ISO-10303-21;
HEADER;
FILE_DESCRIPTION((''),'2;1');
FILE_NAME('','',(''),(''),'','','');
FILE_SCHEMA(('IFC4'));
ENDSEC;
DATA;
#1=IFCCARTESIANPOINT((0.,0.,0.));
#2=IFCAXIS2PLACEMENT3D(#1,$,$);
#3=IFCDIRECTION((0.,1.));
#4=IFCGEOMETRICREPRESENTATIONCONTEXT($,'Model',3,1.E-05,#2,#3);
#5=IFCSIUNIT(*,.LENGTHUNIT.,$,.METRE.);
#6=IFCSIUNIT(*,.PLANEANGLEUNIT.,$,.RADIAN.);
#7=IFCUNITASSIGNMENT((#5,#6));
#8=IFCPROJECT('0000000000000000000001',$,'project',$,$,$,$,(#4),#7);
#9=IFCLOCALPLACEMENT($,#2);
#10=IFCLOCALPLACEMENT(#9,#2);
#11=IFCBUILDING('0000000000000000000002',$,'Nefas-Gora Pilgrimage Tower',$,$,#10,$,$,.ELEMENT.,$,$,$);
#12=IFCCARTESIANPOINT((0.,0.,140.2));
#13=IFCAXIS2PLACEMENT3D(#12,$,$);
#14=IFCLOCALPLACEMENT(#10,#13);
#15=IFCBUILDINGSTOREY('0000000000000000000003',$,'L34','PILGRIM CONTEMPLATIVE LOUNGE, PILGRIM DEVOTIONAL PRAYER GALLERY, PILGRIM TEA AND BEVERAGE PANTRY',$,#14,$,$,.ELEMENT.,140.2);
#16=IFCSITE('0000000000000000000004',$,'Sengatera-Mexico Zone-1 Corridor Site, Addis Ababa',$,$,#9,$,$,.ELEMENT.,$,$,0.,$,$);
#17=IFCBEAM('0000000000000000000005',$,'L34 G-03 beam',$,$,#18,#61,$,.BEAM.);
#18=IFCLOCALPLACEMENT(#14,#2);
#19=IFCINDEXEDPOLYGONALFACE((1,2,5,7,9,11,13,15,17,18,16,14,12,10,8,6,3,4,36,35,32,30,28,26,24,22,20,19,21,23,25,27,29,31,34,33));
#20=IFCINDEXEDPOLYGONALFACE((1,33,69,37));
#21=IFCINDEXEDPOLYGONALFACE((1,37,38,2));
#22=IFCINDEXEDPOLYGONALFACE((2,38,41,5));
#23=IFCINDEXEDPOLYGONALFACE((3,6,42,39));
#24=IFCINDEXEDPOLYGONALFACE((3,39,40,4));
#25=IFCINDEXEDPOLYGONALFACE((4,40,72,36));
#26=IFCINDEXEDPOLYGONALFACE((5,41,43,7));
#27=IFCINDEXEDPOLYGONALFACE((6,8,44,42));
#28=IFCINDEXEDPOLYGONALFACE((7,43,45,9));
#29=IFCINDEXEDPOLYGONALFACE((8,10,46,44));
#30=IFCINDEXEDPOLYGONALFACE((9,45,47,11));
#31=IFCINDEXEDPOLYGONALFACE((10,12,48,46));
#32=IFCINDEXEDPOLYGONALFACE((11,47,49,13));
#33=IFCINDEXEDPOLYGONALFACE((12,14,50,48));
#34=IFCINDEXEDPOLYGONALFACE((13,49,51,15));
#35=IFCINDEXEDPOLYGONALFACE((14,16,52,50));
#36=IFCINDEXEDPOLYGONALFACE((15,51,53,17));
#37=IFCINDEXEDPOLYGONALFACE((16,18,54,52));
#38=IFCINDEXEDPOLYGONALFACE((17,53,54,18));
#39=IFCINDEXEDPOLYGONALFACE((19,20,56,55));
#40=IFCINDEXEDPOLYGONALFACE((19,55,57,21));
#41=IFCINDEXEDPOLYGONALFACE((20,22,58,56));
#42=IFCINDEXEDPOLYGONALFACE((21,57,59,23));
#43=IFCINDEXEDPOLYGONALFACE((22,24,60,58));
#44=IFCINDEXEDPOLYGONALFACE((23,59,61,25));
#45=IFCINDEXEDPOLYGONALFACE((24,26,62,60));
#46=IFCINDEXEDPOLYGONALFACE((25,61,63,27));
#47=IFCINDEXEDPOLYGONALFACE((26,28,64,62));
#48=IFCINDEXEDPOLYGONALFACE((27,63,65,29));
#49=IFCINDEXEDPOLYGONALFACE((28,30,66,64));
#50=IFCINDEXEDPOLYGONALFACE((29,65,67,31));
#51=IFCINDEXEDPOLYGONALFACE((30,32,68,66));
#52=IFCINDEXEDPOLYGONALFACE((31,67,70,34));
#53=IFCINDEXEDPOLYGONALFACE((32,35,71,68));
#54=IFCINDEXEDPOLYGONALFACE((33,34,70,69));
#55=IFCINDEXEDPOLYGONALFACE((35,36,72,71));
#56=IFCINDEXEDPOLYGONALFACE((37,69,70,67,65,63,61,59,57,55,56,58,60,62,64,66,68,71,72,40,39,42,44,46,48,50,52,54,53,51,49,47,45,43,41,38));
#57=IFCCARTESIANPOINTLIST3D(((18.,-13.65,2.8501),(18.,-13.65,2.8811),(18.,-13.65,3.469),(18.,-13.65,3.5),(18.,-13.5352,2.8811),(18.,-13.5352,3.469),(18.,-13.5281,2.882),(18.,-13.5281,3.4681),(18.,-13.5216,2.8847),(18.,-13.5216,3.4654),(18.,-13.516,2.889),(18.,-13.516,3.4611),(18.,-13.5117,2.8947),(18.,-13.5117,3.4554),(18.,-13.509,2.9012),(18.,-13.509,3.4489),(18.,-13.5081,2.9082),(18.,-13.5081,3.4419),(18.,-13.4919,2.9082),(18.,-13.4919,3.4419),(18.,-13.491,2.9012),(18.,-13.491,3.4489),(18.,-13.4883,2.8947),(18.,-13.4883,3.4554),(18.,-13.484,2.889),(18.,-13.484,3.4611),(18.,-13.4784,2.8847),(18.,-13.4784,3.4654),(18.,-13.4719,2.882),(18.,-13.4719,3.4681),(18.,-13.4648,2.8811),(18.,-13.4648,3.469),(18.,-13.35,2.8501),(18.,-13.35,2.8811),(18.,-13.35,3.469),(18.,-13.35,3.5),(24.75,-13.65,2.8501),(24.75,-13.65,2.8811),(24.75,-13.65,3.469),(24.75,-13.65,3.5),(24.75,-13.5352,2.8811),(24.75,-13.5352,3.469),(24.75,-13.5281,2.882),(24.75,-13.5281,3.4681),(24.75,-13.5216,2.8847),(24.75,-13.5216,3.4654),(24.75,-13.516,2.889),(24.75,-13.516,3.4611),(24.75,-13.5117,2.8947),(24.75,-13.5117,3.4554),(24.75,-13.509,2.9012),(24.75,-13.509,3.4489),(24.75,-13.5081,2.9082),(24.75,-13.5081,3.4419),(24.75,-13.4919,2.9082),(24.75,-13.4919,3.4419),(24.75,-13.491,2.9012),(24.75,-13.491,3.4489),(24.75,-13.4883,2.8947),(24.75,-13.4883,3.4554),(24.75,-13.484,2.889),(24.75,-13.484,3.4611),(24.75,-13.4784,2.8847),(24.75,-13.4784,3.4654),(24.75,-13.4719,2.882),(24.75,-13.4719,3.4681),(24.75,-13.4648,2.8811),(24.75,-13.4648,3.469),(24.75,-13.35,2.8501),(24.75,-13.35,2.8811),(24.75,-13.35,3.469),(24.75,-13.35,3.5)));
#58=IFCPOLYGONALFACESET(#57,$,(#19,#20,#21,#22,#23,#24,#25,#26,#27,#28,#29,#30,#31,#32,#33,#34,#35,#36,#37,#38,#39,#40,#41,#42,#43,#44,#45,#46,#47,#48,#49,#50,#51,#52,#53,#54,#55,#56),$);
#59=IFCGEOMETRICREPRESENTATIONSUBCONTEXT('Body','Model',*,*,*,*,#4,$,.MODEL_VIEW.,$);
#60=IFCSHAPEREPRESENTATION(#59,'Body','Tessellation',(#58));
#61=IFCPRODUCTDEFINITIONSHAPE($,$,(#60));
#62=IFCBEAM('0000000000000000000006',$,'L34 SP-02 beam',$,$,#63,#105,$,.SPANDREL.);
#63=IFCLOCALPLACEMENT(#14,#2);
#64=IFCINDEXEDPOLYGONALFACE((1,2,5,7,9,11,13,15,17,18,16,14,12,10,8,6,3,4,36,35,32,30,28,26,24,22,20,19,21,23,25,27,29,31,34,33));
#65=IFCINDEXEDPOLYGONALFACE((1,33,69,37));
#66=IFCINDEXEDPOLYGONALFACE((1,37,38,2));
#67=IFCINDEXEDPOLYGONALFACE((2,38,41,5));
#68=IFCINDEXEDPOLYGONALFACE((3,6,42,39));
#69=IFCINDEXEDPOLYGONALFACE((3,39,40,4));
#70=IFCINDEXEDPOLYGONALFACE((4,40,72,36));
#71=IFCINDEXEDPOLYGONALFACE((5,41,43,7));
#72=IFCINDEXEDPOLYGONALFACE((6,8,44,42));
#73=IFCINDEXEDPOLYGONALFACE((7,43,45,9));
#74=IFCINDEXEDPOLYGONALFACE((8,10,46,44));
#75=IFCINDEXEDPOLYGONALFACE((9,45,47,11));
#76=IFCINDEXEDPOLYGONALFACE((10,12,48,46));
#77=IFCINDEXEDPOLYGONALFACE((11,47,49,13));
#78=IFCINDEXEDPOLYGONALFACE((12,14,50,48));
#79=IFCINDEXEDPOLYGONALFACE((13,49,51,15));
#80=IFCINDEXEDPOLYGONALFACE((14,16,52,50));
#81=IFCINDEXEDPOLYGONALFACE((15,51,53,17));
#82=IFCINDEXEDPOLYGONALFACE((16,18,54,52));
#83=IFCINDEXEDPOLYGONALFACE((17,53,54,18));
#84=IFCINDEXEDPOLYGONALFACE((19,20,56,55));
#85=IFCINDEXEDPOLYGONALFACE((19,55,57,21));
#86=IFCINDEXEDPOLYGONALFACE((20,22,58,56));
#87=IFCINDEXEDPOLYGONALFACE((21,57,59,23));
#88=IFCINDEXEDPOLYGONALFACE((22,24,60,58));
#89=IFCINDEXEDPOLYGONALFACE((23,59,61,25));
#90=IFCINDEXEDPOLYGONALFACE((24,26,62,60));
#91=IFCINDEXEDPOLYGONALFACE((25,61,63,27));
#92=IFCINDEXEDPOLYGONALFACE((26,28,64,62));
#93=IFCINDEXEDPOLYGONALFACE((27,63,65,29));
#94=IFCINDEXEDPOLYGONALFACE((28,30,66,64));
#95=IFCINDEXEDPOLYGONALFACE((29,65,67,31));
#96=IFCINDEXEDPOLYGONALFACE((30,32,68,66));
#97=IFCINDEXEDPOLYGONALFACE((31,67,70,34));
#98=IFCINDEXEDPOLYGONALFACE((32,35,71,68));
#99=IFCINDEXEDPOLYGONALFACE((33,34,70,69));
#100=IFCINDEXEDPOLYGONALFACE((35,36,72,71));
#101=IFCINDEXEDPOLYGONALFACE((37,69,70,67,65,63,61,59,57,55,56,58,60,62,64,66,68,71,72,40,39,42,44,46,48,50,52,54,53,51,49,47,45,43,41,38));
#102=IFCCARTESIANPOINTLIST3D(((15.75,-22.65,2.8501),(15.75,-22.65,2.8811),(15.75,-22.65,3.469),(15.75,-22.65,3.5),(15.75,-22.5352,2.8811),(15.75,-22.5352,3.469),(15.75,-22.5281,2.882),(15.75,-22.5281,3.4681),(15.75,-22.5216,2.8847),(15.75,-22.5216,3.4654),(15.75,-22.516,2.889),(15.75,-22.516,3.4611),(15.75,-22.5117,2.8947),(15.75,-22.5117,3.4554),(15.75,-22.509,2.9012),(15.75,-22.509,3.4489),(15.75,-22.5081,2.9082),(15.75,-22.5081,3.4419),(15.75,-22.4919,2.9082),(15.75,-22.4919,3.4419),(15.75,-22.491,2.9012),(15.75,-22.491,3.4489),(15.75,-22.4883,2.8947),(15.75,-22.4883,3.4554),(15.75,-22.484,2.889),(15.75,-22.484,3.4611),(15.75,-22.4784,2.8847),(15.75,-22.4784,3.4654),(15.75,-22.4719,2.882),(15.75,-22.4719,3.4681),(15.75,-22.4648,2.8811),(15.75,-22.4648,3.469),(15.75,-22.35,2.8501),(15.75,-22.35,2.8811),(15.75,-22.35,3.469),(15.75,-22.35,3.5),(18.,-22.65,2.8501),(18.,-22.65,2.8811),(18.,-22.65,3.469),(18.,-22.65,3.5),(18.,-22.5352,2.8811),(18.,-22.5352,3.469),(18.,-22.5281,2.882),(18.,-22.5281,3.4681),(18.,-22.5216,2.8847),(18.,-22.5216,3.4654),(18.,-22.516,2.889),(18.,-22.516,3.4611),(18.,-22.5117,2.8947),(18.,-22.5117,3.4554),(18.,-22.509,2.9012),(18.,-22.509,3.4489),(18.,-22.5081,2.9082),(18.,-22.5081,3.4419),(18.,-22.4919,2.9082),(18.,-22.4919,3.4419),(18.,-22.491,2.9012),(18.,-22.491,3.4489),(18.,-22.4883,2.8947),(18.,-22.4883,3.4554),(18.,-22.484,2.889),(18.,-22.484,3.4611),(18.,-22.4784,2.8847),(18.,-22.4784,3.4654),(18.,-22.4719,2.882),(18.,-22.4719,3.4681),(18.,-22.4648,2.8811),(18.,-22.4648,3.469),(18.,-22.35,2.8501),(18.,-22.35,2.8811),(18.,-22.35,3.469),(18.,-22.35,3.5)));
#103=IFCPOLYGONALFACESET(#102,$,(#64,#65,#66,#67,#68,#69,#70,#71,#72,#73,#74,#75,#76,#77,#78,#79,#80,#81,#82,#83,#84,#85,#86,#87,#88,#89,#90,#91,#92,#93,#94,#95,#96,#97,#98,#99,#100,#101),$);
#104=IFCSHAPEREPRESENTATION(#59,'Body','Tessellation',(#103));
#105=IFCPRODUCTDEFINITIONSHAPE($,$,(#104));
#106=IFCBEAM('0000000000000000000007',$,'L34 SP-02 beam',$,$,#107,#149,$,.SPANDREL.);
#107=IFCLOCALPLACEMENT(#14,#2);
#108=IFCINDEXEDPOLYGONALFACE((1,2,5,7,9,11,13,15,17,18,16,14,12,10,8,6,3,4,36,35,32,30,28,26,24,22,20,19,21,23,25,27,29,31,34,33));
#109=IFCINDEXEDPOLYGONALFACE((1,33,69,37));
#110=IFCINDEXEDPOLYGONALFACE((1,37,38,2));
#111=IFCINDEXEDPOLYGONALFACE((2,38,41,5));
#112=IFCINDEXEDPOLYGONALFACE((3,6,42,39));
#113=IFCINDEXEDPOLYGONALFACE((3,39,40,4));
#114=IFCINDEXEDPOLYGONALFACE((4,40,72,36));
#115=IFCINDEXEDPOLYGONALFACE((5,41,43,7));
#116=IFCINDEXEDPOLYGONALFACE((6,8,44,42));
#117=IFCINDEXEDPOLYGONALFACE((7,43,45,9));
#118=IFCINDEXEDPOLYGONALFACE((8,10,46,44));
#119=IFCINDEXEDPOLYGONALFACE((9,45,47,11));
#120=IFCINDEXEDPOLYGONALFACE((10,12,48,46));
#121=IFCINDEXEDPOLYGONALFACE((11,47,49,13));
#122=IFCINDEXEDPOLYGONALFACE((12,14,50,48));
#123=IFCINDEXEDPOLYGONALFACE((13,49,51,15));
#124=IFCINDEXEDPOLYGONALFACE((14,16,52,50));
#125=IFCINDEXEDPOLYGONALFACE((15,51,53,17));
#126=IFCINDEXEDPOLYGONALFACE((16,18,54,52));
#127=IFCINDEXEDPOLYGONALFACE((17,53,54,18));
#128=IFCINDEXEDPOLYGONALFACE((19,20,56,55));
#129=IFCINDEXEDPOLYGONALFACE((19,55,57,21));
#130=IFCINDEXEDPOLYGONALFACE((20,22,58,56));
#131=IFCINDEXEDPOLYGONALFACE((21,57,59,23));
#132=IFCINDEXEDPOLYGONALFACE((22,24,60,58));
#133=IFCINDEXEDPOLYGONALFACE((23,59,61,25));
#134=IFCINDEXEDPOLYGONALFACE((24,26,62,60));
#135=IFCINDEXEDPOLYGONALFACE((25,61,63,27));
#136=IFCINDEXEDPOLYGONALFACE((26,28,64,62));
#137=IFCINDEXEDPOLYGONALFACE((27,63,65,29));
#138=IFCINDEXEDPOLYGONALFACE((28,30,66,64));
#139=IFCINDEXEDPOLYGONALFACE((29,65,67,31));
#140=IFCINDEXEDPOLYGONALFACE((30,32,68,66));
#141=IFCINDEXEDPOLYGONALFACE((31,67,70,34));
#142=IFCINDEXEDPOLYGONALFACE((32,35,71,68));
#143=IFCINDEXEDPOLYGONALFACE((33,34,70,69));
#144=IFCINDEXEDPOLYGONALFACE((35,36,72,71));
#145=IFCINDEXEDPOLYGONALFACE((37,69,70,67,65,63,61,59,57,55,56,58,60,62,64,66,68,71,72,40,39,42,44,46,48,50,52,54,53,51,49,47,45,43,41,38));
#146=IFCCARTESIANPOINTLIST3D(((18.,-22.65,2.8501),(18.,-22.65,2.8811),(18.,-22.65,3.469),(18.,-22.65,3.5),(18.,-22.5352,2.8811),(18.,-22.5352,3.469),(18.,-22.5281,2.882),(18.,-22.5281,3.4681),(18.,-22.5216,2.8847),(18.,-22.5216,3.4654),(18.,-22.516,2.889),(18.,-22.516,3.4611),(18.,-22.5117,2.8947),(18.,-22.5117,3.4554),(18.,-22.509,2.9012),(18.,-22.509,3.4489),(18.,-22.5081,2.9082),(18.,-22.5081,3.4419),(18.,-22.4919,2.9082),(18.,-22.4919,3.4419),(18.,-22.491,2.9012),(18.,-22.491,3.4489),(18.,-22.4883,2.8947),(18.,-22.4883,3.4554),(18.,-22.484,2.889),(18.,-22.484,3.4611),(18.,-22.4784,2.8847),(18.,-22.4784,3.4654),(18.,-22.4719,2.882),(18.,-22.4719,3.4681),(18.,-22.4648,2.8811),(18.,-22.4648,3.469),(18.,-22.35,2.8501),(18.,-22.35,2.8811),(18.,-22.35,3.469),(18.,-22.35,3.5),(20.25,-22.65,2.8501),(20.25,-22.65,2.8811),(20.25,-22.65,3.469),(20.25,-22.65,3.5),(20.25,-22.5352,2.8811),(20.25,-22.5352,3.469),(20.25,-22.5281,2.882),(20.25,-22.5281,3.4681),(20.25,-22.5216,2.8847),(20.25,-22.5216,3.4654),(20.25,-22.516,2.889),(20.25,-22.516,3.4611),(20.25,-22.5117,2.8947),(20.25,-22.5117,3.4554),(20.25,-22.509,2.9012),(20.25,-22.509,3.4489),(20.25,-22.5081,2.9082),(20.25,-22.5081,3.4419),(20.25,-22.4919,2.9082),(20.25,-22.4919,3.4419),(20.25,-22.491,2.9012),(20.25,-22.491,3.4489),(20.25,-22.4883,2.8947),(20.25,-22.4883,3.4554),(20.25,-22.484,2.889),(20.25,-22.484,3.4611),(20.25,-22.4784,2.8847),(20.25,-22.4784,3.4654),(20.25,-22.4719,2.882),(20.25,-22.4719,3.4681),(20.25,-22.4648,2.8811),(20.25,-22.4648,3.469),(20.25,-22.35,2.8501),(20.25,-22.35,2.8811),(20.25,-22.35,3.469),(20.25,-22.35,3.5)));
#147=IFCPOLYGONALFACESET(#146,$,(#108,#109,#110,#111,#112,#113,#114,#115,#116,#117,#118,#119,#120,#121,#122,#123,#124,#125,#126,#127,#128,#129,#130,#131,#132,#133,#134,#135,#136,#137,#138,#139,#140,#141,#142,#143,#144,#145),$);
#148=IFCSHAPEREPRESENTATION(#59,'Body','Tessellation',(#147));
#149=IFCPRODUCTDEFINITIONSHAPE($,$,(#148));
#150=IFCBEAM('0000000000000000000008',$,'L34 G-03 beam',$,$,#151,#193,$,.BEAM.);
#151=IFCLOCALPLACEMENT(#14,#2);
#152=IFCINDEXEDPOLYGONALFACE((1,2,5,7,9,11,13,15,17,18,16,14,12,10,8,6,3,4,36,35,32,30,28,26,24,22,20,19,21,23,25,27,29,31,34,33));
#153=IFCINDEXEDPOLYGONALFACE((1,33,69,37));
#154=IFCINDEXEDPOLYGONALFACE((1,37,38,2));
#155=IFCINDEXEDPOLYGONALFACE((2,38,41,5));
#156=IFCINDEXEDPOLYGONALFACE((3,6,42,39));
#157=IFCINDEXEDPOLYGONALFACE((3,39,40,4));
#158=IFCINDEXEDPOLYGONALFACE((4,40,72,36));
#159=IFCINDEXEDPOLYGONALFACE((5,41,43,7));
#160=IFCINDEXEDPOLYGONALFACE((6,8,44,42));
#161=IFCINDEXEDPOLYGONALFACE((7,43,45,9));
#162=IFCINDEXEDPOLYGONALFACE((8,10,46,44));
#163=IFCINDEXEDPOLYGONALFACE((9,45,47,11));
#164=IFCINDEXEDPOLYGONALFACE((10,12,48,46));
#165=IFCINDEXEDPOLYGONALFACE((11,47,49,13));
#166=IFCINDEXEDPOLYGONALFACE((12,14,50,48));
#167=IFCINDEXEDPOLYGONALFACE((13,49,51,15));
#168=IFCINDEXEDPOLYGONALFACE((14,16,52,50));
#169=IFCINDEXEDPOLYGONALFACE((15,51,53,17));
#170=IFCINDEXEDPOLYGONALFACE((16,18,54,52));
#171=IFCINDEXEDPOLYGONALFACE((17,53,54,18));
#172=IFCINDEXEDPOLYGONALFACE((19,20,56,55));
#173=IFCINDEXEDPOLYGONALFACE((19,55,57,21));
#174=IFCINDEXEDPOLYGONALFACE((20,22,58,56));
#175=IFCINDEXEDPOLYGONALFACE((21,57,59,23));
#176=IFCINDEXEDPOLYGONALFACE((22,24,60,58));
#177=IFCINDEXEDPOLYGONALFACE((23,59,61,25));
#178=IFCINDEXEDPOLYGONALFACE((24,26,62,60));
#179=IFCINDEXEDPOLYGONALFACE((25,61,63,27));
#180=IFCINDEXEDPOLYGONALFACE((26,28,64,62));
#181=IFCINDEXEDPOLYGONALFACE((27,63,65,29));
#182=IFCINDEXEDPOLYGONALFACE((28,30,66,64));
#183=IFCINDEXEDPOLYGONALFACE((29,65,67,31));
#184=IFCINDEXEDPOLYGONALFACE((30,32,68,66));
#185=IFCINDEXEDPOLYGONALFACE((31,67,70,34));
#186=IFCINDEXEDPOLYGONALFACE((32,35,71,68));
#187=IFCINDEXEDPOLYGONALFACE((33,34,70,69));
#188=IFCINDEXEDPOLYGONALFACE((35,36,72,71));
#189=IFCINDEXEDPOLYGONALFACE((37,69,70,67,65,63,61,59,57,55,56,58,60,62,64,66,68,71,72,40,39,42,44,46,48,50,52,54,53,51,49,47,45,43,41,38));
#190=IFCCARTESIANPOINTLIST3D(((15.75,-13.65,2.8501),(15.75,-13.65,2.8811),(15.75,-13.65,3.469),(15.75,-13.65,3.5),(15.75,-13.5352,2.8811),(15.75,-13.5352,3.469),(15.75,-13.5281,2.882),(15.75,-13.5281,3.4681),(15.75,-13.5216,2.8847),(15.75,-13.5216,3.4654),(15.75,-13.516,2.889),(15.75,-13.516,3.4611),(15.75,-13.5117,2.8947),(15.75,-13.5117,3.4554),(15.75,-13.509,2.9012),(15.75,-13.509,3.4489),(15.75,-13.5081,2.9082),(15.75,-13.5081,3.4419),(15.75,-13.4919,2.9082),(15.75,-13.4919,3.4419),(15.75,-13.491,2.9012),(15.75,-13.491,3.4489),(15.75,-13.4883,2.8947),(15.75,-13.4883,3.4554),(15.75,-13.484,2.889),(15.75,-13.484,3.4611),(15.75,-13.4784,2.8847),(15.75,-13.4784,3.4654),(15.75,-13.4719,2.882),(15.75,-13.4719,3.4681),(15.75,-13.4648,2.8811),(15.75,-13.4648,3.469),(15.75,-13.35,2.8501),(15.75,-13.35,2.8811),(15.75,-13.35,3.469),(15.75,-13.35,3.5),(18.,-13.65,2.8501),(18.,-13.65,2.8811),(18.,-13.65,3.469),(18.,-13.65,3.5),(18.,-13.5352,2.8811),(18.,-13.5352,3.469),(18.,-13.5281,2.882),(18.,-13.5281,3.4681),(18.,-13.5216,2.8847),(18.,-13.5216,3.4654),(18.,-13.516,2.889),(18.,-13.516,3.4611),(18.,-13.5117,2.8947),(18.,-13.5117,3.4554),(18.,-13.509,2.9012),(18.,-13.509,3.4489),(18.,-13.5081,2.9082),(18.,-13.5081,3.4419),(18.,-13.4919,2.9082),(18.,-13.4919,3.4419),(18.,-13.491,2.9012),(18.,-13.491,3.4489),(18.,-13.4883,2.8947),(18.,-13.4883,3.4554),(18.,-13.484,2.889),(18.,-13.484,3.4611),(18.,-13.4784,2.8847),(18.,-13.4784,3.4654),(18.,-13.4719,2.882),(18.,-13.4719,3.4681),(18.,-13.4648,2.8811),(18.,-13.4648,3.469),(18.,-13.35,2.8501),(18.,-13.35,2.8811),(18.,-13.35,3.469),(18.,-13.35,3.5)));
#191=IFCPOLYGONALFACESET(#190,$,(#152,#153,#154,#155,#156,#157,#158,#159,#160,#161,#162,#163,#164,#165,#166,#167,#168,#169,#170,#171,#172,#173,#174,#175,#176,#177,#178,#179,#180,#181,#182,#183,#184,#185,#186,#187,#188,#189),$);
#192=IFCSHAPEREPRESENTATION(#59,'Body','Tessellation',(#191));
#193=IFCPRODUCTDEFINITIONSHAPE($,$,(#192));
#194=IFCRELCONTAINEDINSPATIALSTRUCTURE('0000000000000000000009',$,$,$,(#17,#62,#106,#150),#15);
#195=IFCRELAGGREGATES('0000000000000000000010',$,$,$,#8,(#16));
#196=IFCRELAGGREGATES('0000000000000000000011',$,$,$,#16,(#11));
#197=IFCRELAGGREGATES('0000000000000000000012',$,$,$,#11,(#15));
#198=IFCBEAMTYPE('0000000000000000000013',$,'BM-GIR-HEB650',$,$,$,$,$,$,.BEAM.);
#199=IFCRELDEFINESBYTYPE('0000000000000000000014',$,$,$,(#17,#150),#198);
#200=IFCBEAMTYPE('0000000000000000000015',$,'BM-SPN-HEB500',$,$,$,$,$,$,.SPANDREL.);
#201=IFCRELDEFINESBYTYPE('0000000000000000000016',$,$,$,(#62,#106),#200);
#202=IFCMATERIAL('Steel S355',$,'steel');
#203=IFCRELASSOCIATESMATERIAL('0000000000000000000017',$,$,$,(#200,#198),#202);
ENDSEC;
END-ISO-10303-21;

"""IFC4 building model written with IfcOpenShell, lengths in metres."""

from ifc_helpers import new_model, si_unit, direction, frame, origin, origin_2d, place, context, subcontext, project, spatial, i_section, extrude, source, transform, mapped, material, material_profile, profile_set, type_object, element, save


model = new_model("IFC4")

# Units and contexts
model_context = context("Model", 3, precision=1e-05, world=origin(), true_north=direction((0.0, 1.0)))
body_context = subcontext(model_context, "Body", "Model", "MODEL_VIEW")
ifc_project = project(units=[si_unit("LENGTHUNIT", "METRE"), si_unit("PLANEANGLEUNIT", "RADIAN")], contexts=[model_context])

# Site, building, storey
site_placement = place(None, origin())
site = spatial("IfcSite", under=ifc_project, at=site_placement, Name="Sengatera-Mexico Zone-1 Corridor Site, Addis Ababa", CompositionType="ELEMENT", RefElevation=0.0)
building_placement = place(site_placement, origin())
building = spatial("IfcBuilding", under=site, at=building_placement, Name="Nefas-Gora Pilgrimage Tower", CompositionType="ELEMENT")
storey_placement = place(building_placement, frame((0.0, 0.0, 140.2)))
storey = spatial("IfcBuildingStorey", under=building, at=storey_placement, Name="L34", Description="PILGRIM CONTEMPLATIVE LOUNGE, PILGRIM DEVOTIONAL PRAYER GALLERY, PILGRIM TEA AND BEVERAGE PANTRY", CompositionType="ELEMENT", Elevation=140.2)

# Beams
ifc_material_1 = material(Name="Steel S355", Category="steel")
ifc_material_profile_1 = material_profile(ifc_material_1, i_section(OverallWidth=0.3, OverallDepth=0.6499, WebThickness=0.0161, FlangeThickness=0.031, FilletRadius=0.0271, at=origin_2d()), Name="HEB 650")
ifc_profile_set_1 = profile_set([ifc_material_profile_1], Name="Steel S355")
beam_type_1 = type_object("IfcBeamType", Name="BM-SPN-HEB500", PredefinedType="SPANDREL", material=ifc_profile_set_1)
ifc_material_profile_2 = material_profile(ifc_material_1, i_section(OverallWidth=0.3, OverallDepth=0.6499, WebThickness=0.0161, FlangeThickness=0.031, FilletRadius=0.0271, at=origin_2d()), Name="HEB 650")
ifc_profile_set_2 = profile_set([ifc_material_profile_2], Name="Steel S355")
beam_type_2 = type_object("IfcBeamType", Name="BM-GIR-HEB650", PredefinedType="BEAM", material=ifc_profile_set_2)
shared_shape_1 = source(origin(), body_context, "Body", "SweptSolid", [
    extrude(i_section(OverallWidth=0.3, OverallDepth=0.6499, WebThickness=0.0161, FlangeThickness=0.031, FilletRadius=0.0271, at=origin_2d()), origin(), (0.0, 0.0, 1.0), 6.75),
])
for number, where, z_axis, x_axis, name in (
    (1, (18.0, -13.5, 3.175), (1.0, 0.0, 0.0), (0.0, 1.0, 0.0), "L34 G-03 beam"),
):
    element("IfcBeam", number, at=place(storey_placement, frame(where, z_axis=z_axis, x_axis=x_axis)), inside=storey, type_object=beam_type_2, Name=name, PredefinedType="BEAM", context=body_context, shape_type="MappedRepresentation", body=[
        mapped(shared_shape_1, transform((0.0, 0.0, 0.0), x_axis=(1.0, 0.0, 0.0), y_axis=(0.0, 1.0, 0.0), z_axis=(0.0, 0.0, 1.0), scale=1.0)),
    ])
shared_shape_2 = source(origin(), body_context, "Body", "SweptSolid", [
    extrude(i_section(OverallWidth=0.3, OverallDepth=0.6499, WebThickness=0.0161, FlangeThickness=0.031, FilletRadius=0.0271, at=origin_2d()), origin(), (0.0, 0.0, 1.0), 2.25),
])
for number, where, z_axis, x_axis, name in (
    (2, (15.75, -22.5, 3.175), (1.0, 0.0, 0.0), (0.0, 1.0, 0.0), "L34 SP-02 beam"),
    (3, (18.0, -22.5, 3.175), (1.0, 0.0, 0.0), (0.0, 1.0, 0.0), "L34 SP-02 beam"),
):
    element("IfcBeam", number, at=place(storey_placement, frame(where, z_axis=z_axis, x_axis=x_axis)), inside=storey, type_object=beam_type_1, Name=name, PredefinedType="SPANDREL", context=body_context, shape_type="MappedRepresentation", body=[
        mapped(shared_shape_2, transform((0.0, 0.0, 0.0), x_axis=(1.0, 0.0, 0.0), y_axis=(0.0, 1.0, 0.0), z_axis=(0.0, 0.0, 1.0), scale=1.0)),
    ])
shared_shape_3 = source(origin(), body_context, "Body", "SweptSolid", [
    extrude(i_section(OverallWidth=0.3, OverallDepth=0.6499, WebThickness=0.0161, FlangeThickness=0.031, FilletRadius=0.0271, at=origin_2d()), origin(), (0.0, 0.0, 1.0), 2.25),
])
beam_1_placement = place(storey_placement, frame((15.75, -13.5, 3.175), z_axis=(1.0, 0.0, 0.0), x_axis=(0.0, 1.0, 0.0)))
element("IfcBeam", 4, at=beam_1_placement, inside=storey, type_object=beam_type_2, Name="L34 G-03 beam", PredefinedType="BEAM", context=body_context, shape_type="MappedRepresentation", body=[
    mapped(shared_shape_3, transform((0.0, 0.0, 0.0), x_axis=(1.0, 0.0, 0.0), y_axis=(0.0, 1.0, 0.0), z_axis=(0.0, 0.0, 1.0), scale=1.0)),
])

save(model, "model.ifc")
